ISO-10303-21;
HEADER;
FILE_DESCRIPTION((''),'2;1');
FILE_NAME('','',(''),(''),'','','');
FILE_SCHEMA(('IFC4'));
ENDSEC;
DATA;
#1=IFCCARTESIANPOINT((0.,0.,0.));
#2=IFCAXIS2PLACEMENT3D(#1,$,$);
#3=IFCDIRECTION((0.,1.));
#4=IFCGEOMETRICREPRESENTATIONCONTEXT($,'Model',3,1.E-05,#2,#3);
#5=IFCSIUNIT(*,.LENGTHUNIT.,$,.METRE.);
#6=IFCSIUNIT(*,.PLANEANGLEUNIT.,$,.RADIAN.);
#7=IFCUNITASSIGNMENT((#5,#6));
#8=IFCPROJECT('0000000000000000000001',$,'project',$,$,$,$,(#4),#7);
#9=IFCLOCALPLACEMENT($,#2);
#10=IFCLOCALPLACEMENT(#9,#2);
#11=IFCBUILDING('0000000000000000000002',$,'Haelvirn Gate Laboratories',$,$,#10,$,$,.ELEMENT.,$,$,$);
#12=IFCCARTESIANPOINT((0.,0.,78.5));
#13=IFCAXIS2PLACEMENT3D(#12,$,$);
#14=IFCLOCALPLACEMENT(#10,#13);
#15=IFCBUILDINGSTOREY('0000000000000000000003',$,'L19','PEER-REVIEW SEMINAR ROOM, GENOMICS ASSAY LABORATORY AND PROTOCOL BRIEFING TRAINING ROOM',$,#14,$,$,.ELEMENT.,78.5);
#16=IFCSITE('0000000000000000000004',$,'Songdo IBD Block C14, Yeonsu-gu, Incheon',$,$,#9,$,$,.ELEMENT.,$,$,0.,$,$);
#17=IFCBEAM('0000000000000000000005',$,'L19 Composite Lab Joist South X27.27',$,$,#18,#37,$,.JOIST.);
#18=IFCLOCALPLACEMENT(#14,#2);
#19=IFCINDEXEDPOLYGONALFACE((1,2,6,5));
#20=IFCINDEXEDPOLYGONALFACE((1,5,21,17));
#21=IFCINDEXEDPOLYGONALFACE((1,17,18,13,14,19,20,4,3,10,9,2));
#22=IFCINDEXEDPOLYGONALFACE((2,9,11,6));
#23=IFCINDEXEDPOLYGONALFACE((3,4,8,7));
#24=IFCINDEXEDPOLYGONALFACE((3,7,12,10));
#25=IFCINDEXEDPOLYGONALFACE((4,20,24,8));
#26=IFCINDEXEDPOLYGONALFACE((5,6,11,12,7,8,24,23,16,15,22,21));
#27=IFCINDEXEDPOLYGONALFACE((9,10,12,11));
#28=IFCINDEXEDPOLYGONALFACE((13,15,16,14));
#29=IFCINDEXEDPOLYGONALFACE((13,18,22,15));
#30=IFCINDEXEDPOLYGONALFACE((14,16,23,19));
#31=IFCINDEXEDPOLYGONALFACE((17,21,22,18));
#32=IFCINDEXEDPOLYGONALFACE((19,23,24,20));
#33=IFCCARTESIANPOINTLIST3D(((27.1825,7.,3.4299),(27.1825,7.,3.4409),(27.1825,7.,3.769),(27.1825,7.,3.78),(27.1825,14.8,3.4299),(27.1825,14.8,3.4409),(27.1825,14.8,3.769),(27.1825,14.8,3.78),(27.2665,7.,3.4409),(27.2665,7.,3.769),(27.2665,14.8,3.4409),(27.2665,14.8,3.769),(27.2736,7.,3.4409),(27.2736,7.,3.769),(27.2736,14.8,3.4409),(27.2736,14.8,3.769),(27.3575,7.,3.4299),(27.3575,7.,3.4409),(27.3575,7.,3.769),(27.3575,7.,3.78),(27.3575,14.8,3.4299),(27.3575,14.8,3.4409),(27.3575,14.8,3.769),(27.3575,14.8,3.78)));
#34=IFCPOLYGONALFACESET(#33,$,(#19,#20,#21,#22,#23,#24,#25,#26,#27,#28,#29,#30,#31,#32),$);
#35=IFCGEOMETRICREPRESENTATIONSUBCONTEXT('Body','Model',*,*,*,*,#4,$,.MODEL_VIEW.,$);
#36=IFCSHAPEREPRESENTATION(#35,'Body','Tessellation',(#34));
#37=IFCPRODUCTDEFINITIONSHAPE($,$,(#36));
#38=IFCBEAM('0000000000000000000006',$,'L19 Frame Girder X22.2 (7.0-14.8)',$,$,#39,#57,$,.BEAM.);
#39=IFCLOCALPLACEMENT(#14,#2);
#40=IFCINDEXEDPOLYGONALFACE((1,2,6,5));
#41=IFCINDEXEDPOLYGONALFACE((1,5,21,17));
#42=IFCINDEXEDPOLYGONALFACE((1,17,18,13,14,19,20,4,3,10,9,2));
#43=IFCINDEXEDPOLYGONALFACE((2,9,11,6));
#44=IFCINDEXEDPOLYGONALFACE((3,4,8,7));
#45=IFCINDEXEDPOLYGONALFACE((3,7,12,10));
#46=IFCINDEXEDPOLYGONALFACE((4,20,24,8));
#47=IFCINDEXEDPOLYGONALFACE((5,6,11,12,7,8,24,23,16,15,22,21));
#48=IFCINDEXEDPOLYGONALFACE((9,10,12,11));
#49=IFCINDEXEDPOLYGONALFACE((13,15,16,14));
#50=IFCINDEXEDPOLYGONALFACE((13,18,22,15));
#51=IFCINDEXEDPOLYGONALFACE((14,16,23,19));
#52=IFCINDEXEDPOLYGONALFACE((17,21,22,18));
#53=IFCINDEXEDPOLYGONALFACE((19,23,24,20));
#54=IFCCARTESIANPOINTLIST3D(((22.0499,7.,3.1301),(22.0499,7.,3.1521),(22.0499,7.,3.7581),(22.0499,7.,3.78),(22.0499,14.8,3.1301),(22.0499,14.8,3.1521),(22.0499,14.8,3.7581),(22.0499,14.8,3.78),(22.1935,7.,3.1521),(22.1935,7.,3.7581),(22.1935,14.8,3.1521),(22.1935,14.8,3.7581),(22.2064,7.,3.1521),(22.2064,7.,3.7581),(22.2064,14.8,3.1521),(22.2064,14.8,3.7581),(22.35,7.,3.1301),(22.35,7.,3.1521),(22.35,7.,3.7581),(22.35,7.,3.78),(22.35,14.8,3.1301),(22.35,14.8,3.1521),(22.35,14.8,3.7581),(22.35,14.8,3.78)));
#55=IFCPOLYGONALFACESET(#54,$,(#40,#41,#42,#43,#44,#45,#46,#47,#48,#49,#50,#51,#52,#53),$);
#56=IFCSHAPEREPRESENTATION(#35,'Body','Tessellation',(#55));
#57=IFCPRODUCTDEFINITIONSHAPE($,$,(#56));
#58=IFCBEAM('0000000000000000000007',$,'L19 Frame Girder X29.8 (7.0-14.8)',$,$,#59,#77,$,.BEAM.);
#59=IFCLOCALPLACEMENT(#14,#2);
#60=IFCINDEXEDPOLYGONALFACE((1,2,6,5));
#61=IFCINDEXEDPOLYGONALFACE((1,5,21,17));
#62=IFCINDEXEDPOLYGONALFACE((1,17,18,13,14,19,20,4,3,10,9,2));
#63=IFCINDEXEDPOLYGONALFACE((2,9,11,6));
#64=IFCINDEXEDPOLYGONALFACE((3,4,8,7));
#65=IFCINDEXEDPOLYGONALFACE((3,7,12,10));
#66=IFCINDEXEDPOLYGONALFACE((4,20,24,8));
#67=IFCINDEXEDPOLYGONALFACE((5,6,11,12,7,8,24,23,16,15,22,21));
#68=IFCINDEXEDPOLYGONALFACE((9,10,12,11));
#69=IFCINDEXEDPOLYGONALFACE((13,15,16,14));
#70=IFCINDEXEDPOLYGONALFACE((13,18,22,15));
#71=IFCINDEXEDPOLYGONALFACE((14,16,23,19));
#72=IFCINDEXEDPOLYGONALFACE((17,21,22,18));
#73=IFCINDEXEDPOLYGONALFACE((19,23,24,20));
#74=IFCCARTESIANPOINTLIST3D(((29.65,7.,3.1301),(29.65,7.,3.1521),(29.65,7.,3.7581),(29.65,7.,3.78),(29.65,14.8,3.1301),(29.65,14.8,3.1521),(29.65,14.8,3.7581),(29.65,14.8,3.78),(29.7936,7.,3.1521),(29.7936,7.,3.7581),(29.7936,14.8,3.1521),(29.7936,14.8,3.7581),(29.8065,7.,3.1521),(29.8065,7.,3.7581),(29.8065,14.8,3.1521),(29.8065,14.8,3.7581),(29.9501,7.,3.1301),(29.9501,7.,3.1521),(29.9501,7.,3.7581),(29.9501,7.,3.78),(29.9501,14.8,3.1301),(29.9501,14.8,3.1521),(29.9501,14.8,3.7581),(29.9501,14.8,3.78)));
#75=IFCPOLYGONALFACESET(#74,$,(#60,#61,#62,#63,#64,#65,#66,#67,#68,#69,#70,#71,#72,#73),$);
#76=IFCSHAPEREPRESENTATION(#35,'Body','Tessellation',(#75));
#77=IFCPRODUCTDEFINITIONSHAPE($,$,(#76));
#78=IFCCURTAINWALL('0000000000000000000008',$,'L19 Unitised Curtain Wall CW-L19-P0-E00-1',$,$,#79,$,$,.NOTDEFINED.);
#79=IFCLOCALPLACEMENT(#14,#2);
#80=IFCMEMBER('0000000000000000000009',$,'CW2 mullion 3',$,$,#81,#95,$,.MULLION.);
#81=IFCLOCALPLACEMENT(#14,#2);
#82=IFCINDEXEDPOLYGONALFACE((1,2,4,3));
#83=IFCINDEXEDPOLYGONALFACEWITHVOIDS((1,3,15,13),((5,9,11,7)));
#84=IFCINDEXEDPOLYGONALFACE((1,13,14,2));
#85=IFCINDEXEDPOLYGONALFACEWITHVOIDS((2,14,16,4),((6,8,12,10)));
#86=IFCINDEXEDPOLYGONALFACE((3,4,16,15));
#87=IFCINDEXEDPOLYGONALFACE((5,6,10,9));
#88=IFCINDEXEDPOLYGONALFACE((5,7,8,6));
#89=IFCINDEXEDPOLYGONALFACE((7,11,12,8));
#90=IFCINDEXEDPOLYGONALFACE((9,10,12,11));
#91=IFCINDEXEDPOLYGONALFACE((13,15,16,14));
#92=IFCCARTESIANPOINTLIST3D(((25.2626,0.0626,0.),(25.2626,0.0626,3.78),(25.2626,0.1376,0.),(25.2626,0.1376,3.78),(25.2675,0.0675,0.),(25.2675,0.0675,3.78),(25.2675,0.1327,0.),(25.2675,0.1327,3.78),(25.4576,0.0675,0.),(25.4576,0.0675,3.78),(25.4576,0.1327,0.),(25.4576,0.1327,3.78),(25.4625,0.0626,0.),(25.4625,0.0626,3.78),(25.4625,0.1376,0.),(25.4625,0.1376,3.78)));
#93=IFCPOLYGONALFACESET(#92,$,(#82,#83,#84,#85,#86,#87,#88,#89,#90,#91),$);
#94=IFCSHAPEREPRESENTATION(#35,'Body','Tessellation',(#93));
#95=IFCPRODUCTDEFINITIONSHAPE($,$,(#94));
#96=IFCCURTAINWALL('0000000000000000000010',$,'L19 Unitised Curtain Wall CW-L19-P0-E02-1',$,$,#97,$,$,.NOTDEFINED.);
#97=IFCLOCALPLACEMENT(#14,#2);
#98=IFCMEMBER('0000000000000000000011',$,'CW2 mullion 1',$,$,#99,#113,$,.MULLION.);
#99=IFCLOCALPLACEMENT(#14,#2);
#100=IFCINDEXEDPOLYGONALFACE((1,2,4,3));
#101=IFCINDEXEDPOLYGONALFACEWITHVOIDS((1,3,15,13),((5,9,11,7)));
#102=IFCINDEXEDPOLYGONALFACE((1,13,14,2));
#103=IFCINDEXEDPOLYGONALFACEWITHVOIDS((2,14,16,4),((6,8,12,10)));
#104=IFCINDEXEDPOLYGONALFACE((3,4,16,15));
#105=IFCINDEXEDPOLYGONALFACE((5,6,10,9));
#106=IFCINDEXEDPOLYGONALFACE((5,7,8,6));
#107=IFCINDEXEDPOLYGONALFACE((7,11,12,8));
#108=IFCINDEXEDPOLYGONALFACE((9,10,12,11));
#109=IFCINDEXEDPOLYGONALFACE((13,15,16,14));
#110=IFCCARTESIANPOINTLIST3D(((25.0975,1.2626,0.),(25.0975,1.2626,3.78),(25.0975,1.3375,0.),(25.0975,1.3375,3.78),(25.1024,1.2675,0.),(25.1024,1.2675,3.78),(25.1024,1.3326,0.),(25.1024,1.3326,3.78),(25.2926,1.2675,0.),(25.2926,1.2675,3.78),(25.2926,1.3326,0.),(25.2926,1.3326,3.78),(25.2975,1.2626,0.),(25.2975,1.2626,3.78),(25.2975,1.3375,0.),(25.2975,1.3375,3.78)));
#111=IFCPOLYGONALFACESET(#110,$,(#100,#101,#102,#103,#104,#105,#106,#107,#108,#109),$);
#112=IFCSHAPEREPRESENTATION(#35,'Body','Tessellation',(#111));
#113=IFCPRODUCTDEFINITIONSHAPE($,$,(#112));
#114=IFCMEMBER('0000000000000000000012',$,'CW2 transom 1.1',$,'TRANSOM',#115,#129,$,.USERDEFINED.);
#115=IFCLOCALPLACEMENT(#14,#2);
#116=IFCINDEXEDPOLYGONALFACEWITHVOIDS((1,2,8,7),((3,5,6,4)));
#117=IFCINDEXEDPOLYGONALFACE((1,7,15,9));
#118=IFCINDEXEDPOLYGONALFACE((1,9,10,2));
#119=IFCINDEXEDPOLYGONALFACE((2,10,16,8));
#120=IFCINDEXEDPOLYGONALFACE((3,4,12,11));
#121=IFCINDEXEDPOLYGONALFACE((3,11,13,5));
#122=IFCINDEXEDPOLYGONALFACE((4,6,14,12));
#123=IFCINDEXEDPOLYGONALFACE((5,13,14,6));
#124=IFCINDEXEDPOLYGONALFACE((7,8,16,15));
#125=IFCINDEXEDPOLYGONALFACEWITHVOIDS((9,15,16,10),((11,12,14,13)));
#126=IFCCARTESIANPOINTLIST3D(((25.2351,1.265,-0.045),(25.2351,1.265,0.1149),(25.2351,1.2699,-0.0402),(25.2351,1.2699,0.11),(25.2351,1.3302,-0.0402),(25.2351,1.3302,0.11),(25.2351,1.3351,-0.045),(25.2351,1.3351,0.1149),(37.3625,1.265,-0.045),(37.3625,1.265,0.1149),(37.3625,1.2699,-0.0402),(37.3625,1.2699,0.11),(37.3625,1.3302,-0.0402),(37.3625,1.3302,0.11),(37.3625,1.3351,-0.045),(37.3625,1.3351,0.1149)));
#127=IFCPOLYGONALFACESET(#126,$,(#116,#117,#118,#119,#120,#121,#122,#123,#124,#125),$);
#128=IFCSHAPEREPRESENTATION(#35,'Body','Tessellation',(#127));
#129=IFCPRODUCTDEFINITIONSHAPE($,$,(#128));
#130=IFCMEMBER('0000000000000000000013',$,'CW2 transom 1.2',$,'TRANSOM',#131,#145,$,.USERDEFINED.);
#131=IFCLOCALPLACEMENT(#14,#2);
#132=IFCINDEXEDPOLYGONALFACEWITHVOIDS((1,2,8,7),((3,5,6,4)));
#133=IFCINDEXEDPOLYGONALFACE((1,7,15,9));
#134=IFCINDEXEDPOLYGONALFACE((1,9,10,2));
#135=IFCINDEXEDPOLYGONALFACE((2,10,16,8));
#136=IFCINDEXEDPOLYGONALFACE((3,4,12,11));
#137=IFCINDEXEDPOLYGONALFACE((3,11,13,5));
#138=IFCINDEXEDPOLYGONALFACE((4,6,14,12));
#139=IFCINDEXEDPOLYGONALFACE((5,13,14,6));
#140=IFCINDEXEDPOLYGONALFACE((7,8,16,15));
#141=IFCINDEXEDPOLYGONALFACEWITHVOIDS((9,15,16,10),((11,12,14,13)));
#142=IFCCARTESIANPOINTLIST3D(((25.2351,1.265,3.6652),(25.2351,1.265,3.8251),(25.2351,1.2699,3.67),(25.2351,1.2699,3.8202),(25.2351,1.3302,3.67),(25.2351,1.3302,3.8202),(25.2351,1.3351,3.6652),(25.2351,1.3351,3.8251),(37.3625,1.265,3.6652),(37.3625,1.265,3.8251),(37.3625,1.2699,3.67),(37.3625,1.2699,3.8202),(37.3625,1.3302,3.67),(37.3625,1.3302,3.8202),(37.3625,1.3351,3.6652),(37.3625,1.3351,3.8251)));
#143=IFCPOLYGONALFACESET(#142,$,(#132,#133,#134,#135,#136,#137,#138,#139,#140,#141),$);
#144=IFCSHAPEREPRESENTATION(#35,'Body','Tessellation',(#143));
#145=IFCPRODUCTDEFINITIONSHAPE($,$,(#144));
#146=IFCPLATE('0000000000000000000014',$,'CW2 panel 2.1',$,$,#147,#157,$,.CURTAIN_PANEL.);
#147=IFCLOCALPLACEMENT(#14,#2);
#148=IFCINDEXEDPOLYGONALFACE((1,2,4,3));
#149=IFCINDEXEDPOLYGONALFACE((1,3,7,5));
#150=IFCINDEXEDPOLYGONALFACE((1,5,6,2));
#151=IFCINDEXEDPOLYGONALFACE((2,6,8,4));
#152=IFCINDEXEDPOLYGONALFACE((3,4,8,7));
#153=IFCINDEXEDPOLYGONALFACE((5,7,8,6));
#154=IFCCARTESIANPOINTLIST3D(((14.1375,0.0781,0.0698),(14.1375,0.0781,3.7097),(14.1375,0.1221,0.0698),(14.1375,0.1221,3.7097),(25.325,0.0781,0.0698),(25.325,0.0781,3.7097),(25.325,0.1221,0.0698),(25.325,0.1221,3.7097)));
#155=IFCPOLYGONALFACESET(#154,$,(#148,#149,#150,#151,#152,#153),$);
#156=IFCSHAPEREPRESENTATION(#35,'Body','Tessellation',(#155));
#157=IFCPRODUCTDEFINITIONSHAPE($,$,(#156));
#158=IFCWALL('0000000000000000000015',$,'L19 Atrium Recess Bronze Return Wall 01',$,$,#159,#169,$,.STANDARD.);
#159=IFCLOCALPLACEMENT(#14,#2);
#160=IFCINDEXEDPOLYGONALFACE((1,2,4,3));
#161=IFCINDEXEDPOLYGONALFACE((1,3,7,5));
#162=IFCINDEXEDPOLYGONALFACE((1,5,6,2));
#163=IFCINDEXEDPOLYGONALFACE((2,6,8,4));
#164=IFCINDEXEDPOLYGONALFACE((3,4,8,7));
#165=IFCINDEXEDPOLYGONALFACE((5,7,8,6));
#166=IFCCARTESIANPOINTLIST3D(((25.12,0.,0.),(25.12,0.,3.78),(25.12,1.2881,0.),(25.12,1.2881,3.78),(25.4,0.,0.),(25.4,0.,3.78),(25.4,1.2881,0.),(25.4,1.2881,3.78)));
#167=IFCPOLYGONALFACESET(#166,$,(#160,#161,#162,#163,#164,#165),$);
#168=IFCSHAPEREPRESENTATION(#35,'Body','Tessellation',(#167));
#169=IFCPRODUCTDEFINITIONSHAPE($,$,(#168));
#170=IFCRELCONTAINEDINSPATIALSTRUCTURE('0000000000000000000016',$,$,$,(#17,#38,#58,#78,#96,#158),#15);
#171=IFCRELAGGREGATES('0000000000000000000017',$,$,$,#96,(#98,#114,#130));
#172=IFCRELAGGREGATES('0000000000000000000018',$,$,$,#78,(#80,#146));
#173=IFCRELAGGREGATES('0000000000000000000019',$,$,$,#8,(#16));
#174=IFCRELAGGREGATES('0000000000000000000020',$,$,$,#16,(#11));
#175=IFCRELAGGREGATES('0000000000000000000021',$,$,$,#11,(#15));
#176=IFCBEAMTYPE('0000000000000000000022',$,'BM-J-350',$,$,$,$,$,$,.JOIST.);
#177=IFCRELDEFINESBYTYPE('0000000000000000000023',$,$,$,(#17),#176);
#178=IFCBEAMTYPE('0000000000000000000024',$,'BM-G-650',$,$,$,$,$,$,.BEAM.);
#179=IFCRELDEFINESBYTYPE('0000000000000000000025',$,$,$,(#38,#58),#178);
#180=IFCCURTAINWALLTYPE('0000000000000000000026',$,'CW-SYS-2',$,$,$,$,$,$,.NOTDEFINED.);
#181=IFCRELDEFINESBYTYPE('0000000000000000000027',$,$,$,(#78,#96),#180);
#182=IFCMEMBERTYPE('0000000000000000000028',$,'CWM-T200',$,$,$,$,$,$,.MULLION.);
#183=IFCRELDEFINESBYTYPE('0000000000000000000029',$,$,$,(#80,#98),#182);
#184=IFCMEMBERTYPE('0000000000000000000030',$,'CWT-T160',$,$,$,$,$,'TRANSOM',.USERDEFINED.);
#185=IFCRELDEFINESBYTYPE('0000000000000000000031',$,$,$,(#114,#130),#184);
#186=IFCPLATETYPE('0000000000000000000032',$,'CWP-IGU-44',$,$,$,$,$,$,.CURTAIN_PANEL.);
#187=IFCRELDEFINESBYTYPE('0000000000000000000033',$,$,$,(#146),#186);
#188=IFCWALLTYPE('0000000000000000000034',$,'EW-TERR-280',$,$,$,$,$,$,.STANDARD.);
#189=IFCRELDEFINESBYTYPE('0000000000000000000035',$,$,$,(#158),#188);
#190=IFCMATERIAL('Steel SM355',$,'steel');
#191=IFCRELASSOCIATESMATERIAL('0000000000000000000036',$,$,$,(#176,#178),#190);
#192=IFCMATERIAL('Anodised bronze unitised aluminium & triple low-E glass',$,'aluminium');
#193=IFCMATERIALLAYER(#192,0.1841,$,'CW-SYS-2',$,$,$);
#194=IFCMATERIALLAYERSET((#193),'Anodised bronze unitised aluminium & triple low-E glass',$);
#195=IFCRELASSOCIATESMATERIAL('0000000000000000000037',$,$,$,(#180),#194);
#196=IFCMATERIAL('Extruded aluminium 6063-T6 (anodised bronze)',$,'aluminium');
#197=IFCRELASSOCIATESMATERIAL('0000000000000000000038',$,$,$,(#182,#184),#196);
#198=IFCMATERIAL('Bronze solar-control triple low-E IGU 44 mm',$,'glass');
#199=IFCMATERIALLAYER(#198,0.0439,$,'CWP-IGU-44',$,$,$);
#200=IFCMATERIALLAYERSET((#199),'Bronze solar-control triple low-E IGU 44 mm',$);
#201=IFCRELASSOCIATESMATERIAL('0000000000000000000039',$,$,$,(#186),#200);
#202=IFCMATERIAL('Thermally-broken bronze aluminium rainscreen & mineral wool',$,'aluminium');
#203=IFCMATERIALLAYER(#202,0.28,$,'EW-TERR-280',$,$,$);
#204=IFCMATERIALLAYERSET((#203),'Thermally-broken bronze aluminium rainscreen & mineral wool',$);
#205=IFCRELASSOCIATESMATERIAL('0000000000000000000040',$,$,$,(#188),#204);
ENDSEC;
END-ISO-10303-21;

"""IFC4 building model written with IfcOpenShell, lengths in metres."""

from ifc_helpers import new_model, si_unit, direction, frame, frame_2d, origin, origin_2d, place, context, subcontext, project, spatial, rectangle, hollow_rectangle, i_section, extrude, source, transform, mapped, material, layer, layer_set, material_profile, profile_set, type_object, type_shapes, element, aggregate, save


model = new_model("IFC4")

# Units and contexts
model_context = context("Model", 3, precision=1e-05, world=origin(), true_north=direction((0.0, 1.0)))
body_context = subcontext(model_context, "Body", "Model", "MODEL_VIEW")
ifc_project = project(units=[si_unit("LENGTHUNIT", "METRE"), si_unit("PLANEANGLEUNIT", "RADIAN")], contexts=[model_context])

# Site, building, storey
site_placement = place(None, origin())
site = spatial("IfcSite", under=ifc_project, at=site_placement, Name="Songdo IBD Block C14, Yeonsu-gu, Incheon", CompositionType="ELEMENT", RefElevation=0.0)
building_placement = place(site_placement, origin())
building = spatial("IfcBuilding", under=site, at=building_placement, Name="Haelvirn Gate Laboratories", CompositionType="ELEMENT")
storey_placement = place(building_placement, frame((0.0, 0.0, 78.5)))
storey = spatial("IfcBuildingStorey", under=building, at=storey_placement, Name="L19", Description="PEER-REVIEW SEMINAR ROOM, GENOMICS ASSAY LABORATORY AND PROTOCOL BRIEFING TRAINING ROOM", CompositionType="ELEMENT", Elevation=78.5)

# Beams
ifc_material_1 = material(Name="Steel SM355", Category="steel")
ifc_material_profile_1 = material_profile(ifc_material_1, i_section(OverallWidth=0.175, OverallDepth=0.3501, WebThickness=0.0071, FlangeThickness=0.011, at=origin_2d()), Name="H-350x175x7x11")
ifc_profile_set_1 = profile_set([ifc_material_profile_1], Name="Steel SM355")
beam_type_1 = type_object("IfcBeamType", Name="BM-J-350", PredefinedType="JOIST", material=ifc_profile_set_1)
shared_shape_1 = source(origin(), body_context, "Body", "SweptSolid", [
    extrude(i_section(OverallWidth=0.175, OverallDepth=0.3501, WebThickness=0.0071, FlangeThickness=0.011, at=origin_2d()), origin(), (0.0, 0.0, 1.0), 7.8),
])
type_shapes(beam_type_1, [shared_shape_1])
for number, where, z_axis, x_axis, name in (
    (1, (27.27, 7.0, 3.605), (0.0, 1.0, 0.0), (-1.0, 0.0, 0.0), "L19 Composite Lab Joist South X27.27"),
):
    element("IfcBeam", number, at=place(storey_placement, frame(where, z_axis=z_axis, x_axis=x_axis)), inside=storey, type_object=beam_type_1, Name=name, PredefinedType="JOIST", context=body_context, shape_type="MappedRepresentation", body=[
        mapped(shared_shape_1, transform((0.0, 0.0, 0.0), scale=1.0)),
    ])
ifc_material_profile_2 = material_profile(ifc_material_1, i_section(OverallWidth=0.3, OverallDepth=0.6499, WebThickness=0.0129, FlangeThickness=0.022, at=origin_2d()), Name="H-650x300x13x22")
ifc_profile_set_2 = profile_set([ifc_material_profile_2], Name="Steel SM355")
beam_type_2 = type_object("IfcBeamType", Name="BM-G-650", PredefinedType="BEAM", material=ifc_profile_set_2)
shared_shape_2 = source(origin(), body_context, "Body", "SweptSolid", [
    extrude(i_section(OverallWidth=0.3, OverallDepth=0.6499, WebThickness=0.0129, FlangeThickness=0.022, at=origin_2d()), origin(), (0.0, 0.0, 1.0), 7.8),
])
type_shapes(beam_type_2, [shared_shape_2])
for number, where, z_axis, x_axis, name in (
    (2, (22.2, 7.0, 3.4551), (0.0, 1.0, 0.0), (-1.0, 0.0, 0.0), "L19 Frame Girder X22.2 (7.0-14.8)"),
    (3, (29.8, 7.0, 3.4551), (0.0, 1.0, 0.0), (-1.0, 0.0, 0.0), "L19 Frame Girder X29.8 (7.0-14.8)"),
):
    element("IfcBeam", number, at=place(storey_placement, frame(where, z_axis=z_axis, x_axis=x_axis)), inside=storey, type_object=beam_type_2, Name=name, PredefinedType="BEAM", context=body_context, shape_type="MappedRepresentation", body=[
        mapped(shared_shape_2, transform((0.0, 0.0, 0.0), scale=1.0)),
    ])

# Curtain wall, member
ifc_material_2 = material(Name="Anodised bronze unitised aluminium & triple low-E glass", Category="aluminium")
ifc_layer_1 = layer(ifc_material_2, 0.1841, Name="CW-SYS-2")
ifc_layer_set_1 = layer_set([ifc_layer_1], Name="Anodised bronze unitised aluminium & triple low-E glass")
curtain_wall_type = type_object("IfcCurtainWallType", Name="CW-SYS-2", PredefinedType="NOTDEFINED", material=ifc_layer_set_1)
curtain_wall_1_placement = place(storey_placement, origin())
curtain_wall_1 = element("IfcCurtainWall", 4, at=curtain_wall_1_placement, inside=storey, type_object=curtain_wall_type, Name="L19 Unitised Curtain Wall CW-L19-P0-E00-1", PredefinedType="NOTDEFINED")
ifc_material_3 = material(Name="Extruded aluminium 6063-T6 (anodised bronze)", Category="aluminium")
ifc_material_profile_3 = material_profile(ifc_material_3, hollow_rectangle(XDim=0.075, YDim=0.2, WallThickness=0.0049, at=origin_2d()), Name="CWM-200x75x5")
ifc_profile_set_3 = profile_set([ifc_material_profile_3], Name="Extruded aluminium 6063-T6 (anodised bronze)")
member_type_1 = type_object("IfcMemberType", Name="CWM-T200", PredefinedType="MULLION", material=ifc_profile_set_3)
shared_shape_3 = source(origin(), body_context, "Body", "SweptSolid", [
    extrude(hollow_rectangle(XDim=0.075, YDim=0.2, WallThickness=0.0049, at=origin_2d()), origin(), (0.0, 0.0, 1.0), 3.78),
])
type_shapes(member_type_1, [shared_shape_3])
member_1_placement = place(storey_placement, frame((25.3625, 0.1001, 0.0), z_axis=(0.0, 0.0, 1.0), x_axis=(0.0, 1.0, 0.0)))
member_1 = element("IfcMember", 5, at=member_1_placement, type_object=member_type_1, Name="CW2 mullion 3", PredefinedType="MULLION", context=body_context, shape_type="MappedRepresentation", body=[
    mapped(shared_shape_3, transform((0.0, 0.0, 0.0), scale=1.0)),
])

# Curtain wall, members
curtain_wall_2_placement = place(storey_placement, origin())
curtain_wall_2 = element("IfcCurtainWall", 6, at=curtain_wall_2_placement, inside=storey, type_object=curtain_wall_type, Name="L19 Unitised Curtain Wall CW-L19-P0-E02-1", PredefinedType="NOTDEFINED")
member_2_placement = place(storey_placement, frame((25.1975, 1.3, 0.0), z_axis=(0.0, 0.0, 1.0), x_axis=(0.0, 1.0, 0.0)))
member_2 = element("IfcMember", 7, at=member_2_placement, type_object=member_type_1, Name="CW2 mullion 1", PredefinedType="MULLION", context=body_context, shape_type="MappedRepresentation", body=[
    mapped(shared_shape_3, transform((0.0, 0.0, 0.0), scale=1.0)),
])
ifc_material_profile_4 = material_profile(ifc_material_3, hollow_rectangle(XDim=0.0701, YDim=0.1599, WallThickness=0.0049, at=origin_2d()), Name="CWT-160x70x5")
ifc_profile_set_4 = profile_set([ifc_material_profile_4], Name="Extruded aluminium 6063-T6 (anodised bronze)")
member_type_2 = type_object("IfcMemberType", Name="CWT-T160", ElementType="TRANSOM", PredefinedType="USERDEFINED", material=ifc_profile_set_4)
shared_shape_4 = source(origin(), body_context, "Body", "SweptSolid", [
    extrude(hollow_rectangle(XDim=0.0701, YDim=0.1599, WallThickness=0.0049, at=origin_2d()), origin(), (0.0, 0.0, 1.0), 12.1274),
])
type_shapes(member_type_2, [shared_shape_4])
member_3_placement = place(storey_placement, frame((25.2351, 1.3, 0.0349), z_axis=(1.0, 0.0, 0.0), x_axis=(0.0, 1.0, 0.0)))
member_3 = element("IfcMember", 8, at=member_3_placement, type_object=member_type_2, Name="CW2 transom 1.1", ObjectType="TRANSOM", PredefinedType="USERDEFINED", context=body_context, shape_type="MappedRepresentation", body=[
    mapped(shared_shape_4, transform((0.0, 0.0, 0.0), scale=1.0)),
])
member_4_placement = place(storey_placement, frame((25.2351, 1.3, 3.7451), z_axis=(1.0, 0.0, 0.0), x_axis=(0.0, 1.0, 0.0)))
member_4 = element("IfcMember", 9, at=member_4_placement, type_object=member_type_2, Name="CW2 transom 1.2", ObjectType="TRANSOM", PredefinedType="USERDEFINED", context=body_context, shape_type="MappedRepresentation", body=[
    mapped(shared_shape_4, transform((0.0, 0.0, 0.0), scale=1.0)),
])
aggregate(curtain_wall_2, [member_2, member_3, member_4])

# Plate
ifc_material_4 = material(Name="Bronze solar-control triple low-E IGU 44 mm", Category="glass")
ifc_layer_2 = layer(ifc_material_4, 0.0439, Name="CWP-IGU-44")
ifc_layer_set_2 = layer_set([ifc_layer_2], Name="Bronze solar-control triple low-E IGU 44 mm")
plate_type = type_object("IfcPlateType", Name="CWP-IGU-44", PredefinedType="CURTAIN_PANEL", material=ifc_layer_set_2)
shared_shape_5 = source(origin(), body_context, "Body", "SweptSolid", [
    extrude(rectangle(XDim=11.1875, YDim=0.0439, at=origin_2d()), origin(), (0.0, 0.0, 1.0), 3.6399),
])
type_shapes(plate_type, [shared_shape_5])
plate_placement = place(storey_placement, frame((19.7312, 0.1001, 0.0698), z_axis=(0.0, 0.0, 1.0), x_axis=(1.0, 0.0, 0.0)))
plate = element("IfcPlate", 10, at=plate_placement, type_object=plate_type, Name="CW2 panel 2.1", PredefinedType="CURTAIN_PANEL", context=body_context, shape_type="MappedRepresentation", body=[
    mapped(shared_shape_5, transform((0.0, 0.0, 0.0), scale=1.0)),
])
aggregate(curtain_wall_1, [member_1, plate])

# Wall
ifc_material_5 = material(Name="Thermally-broken bronze aluminium rainscreen & mineral wool", Category="aluminium")
ifc_layer_3 = layer(ifc_material_5, 0.28, Name="EW-TERR-280")
ifc_layer_set_3 = layer_set([ifc_layer_3], Name="Thermally-broken bronze aluminium rainscreen & mineral wool")
wall_type_1 = type_object("IfcWallType", Name="EW-TERR-280", PredefinedType="STANDARD", material=ifc_layer_set_3)
wall_1_placement = place(storey_placement, frame((25.26, 0.0, 0.0), z_axis=(0.0, 0.0, 1.0), x_axis=(0.0, 1.0, 0.0)))
element("IfcWall", 11, at=wall_1_placement, inside=storey, type_object=wall_type_1, Name="L19 Atrium Recess Bronze Return Wall 01", PredefinedType="STANDARD", context=body_context, shape_type="SweptSolid", body=[
    extrude(rectangle(XDim=1.2881, YDim=0.28, at=frame_2d((0.644, 0.0))), origin(), (0.0, 0.0, 1.0), 3.78),
])

save(model, "model.ifc")
